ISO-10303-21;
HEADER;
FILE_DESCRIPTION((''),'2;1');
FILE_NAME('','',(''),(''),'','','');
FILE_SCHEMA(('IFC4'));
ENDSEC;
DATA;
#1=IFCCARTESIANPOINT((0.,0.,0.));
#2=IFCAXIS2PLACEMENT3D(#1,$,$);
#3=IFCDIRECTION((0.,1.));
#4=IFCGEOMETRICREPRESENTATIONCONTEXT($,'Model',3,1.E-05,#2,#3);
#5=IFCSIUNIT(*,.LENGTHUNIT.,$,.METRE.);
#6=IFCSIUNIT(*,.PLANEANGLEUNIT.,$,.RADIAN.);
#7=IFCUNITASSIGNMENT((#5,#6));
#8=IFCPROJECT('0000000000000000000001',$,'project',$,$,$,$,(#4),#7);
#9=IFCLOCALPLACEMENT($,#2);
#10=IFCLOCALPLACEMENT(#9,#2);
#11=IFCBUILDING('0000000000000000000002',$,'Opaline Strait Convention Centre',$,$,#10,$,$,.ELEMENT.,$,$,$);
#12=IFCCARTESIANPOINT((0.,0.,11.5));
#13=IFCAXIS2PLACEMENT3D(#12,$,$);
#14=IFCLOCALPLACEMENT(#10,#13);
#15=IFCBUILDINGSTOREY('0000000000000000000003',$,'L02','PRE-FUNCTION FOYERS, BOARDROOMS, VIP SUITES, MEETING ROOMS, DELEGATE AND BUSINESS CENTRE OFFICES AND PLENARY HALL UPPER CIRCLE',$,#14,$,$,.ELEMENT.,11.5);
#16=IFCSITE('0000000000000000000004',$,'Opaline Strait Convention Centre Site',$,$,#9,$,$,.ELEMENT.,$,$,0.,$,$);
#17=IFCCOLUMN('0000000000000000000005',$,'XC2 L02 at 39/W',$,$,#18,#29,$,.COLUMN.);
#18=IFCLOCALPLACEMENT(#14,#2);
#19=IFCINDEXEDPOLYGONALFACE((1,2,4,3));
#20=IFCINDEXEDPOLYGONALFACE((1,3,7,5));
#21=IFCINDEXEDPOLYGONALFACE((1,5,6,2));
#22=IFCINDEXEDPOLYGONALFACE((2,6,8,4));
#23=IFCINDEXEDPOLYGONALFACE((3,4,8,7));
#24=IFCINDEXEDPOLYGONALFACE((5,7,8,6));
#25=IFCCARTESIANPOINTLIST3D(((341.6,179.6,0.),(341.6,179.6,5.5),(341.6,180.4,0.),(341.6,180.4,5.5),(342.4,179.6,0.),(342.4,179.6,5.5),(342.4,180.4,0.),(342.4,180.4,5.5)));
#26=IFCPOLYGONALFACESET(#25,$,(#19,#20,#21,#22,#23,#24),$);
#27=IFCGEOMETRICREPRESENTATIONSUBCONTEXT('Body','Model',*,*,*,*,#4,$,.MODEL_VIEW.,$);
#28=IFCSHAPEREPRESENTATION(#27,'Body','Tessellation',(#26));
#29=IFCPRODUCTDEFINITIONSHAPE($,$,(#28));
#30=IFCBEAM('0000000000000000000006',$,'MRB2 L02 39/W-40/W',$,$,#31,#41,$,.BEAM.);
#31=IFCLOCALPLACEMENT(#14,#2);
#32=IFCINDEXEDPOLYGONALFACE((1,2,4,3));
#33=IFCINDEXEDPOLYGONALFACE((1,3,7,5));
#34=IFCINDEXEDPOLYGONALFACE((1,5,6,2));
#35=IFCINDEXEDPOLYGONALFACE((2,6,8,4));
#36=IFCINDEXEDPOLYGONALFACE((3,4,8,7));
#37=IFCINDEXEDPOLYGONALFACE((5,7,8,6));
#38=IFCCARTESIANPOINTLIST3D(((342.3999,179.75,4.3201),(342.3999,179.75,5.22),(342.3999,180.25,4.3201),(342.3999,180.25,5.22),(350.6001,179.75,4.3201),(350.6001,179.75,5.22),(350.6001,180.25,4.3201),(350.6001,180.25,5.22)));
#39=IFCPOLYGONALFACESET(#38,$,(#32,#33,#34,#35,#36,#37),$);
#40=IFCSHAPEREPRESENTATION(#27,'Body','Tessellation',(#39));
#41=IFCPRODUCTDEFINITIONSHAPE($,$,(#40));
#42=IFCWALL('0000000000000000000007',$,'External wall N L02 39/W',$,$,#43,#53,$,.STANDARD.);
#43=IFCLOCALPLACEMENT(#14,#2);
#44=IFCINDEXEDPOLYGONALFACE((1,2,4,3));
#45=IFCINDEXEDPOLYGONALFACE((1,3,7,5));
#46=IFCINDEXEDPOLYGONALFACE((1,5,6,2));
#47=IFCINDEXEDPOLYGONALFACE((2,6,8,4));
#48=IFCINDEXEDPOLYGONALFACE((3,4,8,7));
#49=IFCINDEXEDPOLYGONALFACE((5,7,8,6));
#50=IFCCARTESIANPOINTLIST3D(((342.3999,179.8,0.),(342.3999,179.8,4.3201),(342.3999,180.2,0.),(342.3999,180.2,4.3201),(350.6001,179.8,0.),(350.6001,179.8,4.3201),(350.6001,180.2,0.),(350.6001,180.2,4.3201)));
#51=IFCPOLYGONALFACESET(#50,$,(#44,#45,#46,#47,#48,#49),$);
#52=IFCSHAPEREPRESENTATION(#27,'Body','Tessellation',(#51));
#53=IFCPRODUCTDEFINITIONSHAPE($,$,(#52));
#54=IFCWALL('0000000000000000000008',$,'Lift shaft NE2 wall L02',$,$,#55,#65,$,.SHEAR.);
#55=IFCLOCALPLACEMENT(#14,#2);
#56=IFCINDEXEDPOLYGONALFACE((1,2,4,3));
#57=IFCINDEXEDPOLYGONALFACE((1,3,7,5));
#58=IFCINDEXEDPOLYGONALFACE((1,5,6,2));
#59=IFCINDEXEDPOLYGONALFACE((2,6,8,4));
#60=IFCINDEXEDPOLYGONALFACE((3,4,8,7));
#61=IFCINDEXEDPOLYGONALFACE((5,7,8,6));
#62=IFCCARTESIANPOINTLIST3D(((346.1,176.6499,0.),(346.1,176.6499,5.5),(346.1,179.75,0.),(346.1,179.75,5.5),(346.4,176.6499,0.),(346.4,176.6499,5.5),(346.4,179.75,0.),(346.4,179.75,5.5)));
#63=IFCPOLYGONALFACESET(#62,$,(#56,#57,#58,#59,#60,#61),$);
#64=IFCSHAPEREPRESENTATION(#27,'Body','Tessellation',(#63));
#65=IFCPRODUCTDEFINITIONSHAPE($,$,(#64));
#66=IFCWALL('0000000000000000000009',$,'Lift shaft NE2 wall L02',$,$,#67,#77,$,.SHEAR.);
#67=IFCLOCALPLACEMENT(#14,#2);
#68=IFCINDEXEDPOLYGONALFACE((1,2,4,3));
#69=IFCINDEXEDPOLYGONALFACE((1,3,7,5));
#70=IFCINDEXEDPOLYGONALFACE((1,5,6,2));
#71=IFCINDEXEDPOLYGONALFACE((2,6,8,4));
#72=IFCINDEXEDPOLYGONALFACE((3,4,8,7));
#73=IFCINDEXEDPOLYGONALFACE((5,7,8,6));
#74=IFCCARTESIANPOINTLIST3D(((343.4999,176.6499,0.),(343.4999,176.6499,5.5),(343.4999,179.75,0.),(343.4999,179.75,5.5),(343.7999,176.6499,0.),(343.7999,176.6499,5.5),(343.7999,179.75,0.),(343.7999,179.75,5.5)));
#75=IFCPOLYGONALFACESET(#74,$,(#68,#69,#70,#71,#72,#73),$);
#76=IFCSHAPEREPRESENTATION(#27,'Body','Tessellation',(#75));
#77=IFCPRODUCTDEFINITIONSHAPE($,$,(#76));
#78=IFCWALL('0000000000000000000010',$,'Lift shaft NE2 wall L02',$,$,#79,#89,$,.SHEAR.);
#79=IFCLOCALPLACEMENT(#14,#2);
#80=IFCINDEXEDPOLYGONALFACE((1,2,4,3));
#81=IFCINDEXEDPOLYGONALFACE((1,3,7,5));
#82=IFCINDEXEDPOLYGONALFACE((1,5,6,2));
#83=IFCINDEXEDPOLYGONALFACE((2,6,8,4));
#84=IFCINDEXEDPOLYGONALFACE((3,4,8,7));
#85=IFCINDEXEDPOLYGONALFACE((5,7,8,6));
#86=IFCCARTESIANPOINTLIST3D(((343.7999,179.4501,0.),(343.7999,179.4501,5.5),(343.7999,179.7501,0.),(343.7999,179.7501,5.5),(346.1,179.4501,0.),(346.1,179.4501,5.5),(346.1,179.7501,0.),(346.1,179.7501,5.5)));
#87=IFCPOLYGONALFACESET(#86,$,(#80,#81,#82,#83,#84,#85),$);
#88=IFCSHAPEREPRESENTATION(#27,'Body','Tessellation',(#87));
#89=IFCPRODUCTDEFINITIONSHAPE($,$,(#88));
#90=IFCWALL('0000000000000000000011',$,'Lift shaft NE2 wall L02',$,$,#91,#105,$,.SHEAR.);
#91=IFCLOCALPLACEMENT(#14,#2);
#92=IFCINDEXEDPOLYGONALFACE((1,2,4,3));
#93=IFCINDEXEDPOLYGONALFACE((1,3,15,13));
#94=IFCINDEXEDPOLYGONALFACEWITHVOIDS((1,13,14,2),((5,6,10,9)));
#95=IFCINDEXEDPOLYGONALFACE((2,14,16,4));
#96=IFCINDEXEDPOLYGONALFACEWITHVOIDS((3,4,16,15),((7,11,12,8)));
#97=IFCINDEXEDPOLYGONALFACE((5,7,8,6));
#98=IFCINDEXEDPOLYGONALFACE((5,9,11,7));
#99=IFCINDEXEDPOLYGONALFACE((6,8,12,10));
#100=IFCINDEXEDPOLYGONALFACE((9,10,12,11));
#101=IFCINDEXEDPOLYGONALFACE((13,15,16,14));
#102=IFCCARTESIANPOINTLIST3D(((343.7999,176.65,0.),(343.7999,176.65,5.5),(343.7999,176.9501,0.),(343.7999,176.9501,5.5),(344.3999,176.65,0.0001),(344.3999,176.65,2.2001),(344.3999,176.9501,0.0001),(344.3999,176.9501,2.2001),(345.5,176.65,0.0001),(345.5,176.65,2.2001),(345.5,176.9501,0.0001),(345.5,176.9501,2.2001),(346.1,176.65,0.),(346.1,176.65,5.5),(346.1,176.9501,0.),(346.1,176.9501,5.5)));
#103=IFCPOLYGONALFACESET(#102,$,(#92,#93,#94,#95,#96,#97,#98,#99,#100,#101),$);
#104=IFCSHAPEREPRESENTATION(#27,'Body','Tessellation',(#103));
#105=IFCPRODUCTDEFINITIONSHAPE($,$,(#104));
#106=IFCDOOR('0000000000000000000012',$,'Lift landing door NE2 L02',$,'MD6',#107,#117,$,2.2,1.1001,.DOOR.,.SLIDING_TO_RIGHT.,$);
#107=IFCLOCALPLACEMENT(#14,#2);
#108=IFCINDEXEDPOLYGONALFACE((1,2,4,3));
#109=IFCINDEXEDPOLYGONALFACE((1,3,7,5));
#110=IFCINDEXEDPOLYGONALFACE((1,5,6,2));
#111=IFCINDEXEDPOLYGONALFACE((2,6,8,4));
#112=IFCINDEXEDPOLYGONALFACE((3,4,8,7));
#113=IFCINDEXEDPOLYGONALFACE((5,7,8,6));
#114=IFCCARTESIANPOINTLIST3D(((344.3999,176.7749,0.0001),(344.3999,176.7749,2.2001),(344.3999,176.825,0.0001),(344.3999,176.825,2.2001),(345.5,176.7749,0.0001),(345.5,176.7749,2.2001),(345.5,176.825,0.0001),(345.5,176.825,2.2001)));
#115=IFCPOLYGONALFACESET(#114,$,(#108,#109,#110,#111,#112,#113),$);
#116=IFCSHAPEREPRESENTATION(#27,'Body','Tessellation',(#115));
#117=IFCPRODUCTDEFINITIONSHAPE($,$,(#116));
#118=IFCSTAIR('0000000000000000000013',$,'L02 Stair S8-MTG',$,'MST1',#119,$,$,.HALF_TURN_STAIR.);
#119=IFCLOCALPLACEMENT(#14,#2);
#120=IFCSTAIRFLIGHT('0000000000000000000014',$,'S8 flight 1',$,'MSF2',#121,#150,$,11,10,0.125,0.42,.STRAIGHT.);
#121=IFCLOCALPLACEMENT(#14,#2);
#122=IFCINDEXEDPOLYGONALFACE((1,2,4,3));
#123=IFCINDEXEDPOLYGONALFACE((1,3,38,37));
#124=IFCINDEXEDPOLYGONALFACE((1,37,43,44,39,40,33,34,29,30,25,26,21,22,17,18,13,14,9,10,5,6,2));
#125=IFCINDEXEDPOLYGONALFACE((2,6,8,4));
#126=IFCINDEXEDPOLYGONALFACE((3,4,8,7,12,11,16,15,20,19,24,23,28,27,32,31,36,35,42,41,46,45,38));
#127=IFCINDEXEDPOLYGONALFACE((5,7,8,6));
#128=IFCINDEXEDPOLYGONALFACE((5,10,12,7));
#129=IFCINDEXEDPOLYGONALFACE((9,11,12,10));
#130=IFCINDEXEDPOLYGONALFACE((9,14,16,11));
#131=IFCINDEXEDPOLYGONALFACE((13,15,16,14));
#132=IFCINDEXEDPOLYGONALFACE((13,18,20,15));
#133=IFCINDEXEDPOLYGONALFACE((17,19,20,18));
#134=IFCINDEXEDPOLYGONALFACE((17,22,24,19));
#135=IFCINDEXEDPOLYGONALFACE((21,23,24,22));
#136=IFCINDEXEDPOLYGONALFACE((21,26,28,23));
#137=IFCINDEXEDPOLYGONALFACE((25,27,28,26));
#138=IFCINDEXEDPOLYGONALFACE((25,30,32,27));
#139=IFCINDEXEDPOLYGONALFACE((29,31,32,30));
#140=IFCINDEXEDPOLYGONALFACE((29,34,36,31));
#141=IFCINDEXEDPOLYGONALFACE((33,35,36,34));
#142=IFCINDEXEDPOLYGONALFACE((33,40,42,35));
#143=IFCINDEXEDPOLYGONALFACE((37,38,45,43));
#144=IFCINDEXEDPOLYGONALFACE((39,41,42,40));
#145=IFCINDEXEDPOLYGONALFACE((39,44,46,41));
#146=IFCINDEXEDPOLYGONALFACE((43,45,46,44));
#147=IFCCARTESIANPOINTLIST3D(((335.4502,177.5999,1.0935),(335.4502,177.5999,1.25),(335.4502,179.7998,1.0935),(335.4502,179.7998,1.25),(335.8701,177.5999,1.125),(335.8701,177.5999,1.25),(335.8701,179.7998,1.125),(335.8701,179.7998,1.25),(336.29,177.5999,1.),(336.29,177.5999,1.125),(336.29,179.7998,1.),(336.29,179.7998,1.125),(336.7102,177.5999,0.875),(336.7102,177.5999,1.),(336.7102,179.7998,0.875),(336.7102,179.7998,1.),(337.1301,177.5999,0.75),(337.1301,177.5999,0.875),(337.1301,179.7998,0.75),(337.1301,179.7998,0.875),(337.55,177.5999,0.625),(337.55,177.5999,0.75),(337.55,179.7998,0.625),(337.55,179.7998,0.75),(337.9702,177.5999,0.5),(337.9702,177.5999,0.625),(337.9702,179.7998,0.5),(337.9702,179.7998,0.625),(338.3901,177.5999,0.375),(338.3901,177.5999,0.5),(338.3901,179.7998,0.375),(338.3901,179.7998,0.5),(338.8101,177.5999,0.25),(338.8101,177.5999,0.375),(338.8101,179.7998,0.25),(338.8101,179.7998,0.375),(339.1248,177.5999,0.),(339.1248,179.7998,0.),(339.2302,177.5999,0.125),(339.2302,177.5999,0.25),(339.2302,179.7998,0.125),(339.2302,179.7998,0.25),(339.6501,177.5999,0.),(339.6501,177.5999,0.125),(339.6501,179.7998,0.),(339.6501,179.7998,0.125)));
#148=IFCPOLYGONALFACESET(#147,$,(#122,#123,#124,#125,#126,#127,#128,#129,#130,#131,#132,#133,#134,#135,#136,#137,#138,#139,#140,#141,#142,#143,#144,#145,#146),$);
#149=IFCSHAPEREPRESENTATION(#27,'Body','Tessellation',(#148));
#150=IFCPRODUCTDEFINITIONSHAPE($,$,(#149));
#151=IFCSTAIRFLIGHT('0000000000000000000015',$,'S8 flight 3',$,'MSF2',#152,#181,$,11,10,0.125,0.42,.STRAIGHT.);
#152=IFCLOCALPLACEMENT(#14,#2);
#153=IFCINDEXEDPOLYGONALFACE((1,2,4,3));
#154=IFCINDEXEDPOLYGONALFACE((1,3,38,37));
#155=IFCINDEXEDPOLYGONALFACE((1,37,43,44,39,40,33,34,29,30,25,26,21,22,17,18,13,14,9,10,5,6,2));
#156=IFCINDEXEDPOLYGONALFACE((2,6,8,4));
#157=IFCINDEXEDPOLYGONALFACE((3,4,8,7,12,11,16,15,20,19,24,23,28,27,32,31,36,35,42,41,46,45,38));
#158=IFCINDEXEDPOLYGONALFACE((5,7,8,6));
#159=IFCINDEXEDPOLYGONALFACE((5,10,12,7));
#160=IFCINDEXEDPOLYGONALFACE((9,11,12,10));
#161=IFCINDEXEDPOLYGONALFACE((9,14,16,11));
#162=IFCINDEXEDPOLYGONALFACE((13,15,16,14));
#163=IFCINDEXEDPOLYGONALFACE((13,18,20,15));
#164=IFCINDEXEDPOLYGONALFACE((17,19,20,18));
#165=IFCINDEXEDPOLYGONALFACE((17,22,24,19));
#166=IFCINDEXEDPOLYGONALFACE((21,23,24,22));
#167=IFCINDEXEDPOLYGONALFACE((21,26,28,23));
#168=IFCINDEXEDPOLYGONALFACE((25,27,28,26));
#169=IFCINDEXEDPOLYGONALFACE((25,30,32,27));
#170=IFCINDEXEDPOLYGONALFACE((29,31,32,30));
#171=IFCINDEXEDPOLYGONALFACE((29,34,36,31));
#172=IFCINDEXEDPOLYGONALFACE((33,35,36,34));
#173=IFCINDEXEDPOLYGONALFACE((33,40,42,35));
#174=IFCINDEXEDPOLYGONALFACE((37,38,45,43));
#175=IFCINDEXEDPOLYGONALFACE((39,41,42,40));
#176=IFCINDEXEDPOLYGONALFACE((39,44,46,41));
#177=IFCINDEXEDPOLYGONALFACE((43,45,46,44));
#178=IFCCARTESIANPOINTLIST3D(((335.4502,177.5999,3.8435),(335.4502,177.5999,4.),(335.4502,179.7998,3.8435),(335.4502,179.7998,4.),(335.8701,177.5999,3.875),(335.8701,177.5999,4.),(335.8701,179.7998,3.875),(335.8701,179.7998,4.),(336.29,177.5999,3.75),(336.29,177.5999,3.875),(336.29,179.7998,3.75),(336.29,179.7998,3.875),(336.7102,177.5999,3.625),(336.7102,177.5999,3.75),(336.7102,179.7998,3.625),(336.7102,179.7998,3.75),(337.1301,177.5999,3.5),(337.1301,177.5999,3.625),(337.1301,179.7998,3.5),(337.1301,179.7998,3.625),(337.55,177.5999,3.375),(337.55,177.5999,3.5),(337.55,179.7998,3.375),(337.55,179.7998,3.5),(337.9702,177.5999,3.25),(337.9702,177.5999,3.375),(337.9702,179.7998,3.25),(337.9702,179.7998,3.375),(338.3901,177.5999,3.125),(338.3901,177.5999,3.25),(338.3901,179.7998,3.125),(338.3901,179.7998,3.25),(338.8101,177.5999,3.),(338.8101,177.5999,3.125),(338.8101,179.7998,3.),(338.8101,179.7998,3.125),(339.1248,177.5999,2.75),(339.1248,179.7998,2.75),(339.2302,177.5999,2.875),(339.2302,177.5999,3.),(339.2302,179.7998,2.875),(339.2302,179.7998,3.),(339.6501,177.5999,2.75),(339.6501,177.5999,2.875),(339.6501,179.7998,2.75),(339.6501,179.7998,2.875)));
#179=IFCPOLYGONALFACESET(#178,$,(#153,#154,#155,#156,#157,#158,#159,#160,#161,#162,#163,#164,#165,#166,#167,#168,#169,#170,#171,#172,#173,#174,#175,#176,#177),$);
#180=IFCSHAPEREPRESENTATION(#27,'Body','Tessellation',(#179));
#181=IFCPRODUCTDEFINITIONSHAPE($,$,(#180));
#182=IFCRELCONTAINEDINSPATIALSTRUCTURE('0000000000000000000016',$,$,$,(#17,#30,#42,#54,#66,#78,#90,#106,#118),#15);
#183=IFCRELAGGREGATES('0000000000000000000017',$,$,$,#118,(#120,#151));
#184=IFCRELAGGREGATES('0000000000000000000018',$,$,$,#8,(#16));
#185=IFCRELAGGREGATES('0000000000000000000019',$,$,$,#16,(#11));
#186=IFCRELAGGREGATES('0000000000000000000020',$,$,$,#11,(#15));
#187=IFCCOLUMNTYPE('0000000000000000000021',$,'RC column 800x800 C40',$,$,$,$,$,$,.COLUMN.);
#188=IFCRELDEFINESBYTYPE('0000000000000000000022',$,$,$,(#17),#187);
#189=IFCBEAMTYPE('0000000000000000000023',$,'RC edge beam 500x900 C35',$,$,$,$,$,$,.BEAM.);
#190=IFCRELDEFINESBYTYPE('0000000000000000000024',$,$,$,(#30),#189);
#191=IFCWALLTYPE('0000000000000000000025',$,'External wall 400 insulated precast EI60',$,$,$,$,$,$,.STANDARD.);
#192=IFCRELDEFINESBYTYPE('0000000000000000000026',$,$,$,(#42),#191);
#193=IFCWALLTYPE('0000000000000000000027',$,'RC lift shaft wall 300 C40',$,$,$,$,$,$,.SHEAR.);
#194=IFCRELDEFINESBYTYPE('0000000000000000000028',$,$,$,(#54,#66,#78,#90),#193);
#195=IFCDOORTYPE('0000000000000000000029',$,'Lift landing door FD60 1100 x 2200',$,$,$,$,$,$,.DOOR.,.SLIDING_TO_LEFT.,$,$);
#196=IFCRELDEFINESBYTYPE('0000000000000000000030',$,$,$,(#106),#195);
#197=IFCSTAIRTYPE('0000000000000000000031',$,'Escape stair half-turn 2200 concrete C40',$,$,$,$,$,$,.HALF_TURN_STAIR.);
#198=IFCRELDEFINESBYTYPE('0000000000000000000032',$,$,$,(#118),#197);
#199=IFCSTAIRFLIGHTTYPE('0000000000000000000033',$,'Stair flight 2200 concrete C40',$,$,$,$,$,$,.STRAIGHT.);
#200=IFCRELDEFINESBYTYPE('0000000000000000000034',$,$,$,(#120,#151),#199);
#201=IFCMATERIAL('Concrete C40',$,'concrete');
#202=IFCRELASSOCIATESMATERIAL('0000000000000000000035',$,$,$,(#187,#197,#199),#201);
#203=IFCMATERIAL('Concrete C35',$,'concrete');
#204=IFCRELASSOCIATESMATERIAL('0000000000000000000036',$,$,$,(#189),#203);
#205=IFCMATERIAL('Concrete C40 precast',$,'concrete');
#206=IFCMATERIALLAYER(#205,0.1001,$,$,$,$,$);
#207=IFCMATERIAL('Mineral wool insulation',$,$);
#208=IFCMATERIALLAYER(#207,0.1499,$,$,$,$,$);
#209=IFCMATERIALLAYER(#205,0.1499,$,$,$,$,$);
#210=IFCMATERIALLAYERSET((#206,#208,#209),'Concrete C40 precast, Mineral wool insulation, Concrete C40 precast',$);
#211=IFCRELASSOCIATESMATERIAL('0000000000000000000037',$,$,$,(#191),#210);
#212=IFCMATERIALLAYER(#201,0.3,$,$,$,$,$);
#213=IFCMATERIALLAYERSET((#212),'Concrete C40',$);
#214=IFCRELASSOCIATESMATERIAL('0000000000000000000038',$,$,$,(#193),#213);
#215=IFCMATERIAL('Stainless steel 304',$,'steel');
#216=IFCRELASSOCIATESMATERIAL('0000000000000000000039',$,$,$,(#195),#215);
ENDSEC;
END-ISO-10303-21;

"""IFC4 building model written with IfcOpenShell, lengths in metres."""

from ifc_helpers import new_model, si_unit, direction, frame, frame_2d, origin, origin_2d, place, context, subcontext, project, spatial, polyline, rectangle, outline, extrude, material, layer, layer_set, material_profile, profile_set, type_object, element, fill, aggregate, save


model = new_model("IFC4")

# Units and contexts
model_context = context("Model", 3, precision=1e-05, world=origin(), true_north=direction((0.0, 1.0)))
body_context = subcontext(model_context, "Body", "Model", "MODEL_VIEW")
ifc_project = project(units=[si_unit("LENGTHUNIT", "METRE"), si_unit("PLANEANGLEUNIT", "RADIAN")], contexts=[model_context])

# Site, building, storey
site_placement = place(None, origin())
site = spatial("IfcSite", under=ifc_project, at=site_placement, Name="Opaline Strait Convention Centre Site", CompositionType="ELEMENT", RefElevation=0.0)
building_placement = place(site_placement, origin())
building = spatial("IfcBuilding", under=site, at=building_placement, Name="Opaline Strait Convention Centre", CompositionType="ELEMENT")
storey_placement = place(building_placement, frame((0.0, 0.0, 11.5)))
storey = spatial("IfcBuildingStorey", under=building, at=storey_placement, Name="L02", Description="PRE-FUNCTION FOYERS, BOARDROOMS, VIP SUITES, MEETING ROOMS, DELEGATE AND BUSINESS CENTRE OFFICES AND PLENARY HALL UPPER CIRCLE", CompositionType="ELEMENT", Elevation=11.5)

# Column
ifc_material_1 = material(Name="Concrete C40", Category="concrete")
ifc_material_profile_1 = material_profile(ifc_material_1, rectangle(XDim=0.8, YDim=0.8, at=origin_2d()), Name="RC 800x800")
ifc_profile_set_1 = profile_set([ifc_material_profile_1], Name="Concrete C40")
column_type = type_object("IfcColumnType", Name="RC column 800x800 C40", PredefinedType="COLUMN", material=ifc_profile_set_1)
column_placement = place(storey_placement, frame((342.0, 180.0, 0.0), z_axis=(0.0, 0.0, 1.0), x_axis=(1.0, 0.0, 0.0)))
element("IfcColumn", 1, at=column_placement, inside=storey, type_object=column_type, Name="XC2 L02 at 39/W", PredefinedType="COLUMN", context=body_context, shape_type="SweptSolid", body=[
    extrude(rectangle(XDim=0.8, YDim=0.8, at=origin_2d()), origin(), (0.0, 0.0, 1.0), 5.5),
])

# Beam
ifc_material_2 = material(Name="Concrete C35", Category="concrete")
ifc_material_profile_2 = material_profile(ifc_material_2, rectangle(XDim=0.5, YDim=0.8999, at=origin_2d()), Name="RC 500x900")
ifc_profile_set_2 = profile_set([ifc_material_profile_2], Name="Concrete C35")
beam_type = type_object("IfcBeamType", Name="RC edge beam 500x900 C35", PredefinedType="BEAM", material=ifc_profile_set_2)
beam_placement = place(storey_placement, frame((342.3999, 180.0, 4.77), z_axis=(1.0, 0.0, 0.0), x_axis=(0.0, 1.0, 0.0)))
element("IfcBeam", 2, at=beam_placement, inside=storey, type_object=beam_type, Name="MRB2 L02 39/W-40/W", PredefinedType="BEAM", context=body_context, shape_type="SweptSolid", body=[
    extrude(rectangle(XDim=0.5, YDim=0.8999, at=origin_2d()), origin(), (0.0, 0.0, 1.0), 8.2002),
])

# Walls
ifc_material_3 = material(Name="Concrete C40 precast", Category="concrete")
ifc_layer_1 = layer(ifc_material_3, 0.1001)
ifc_material_4 = material(Name="Mineral wool insulation")
ifc_layer_2 = layer(ifc_material_4, 0.1499)
ifc_layer_3 = layer(ifc_material_3, 0.1499)
ifc_layer_set_1 = layer_set([ifc_layer_1, ifc_layer_2, ifc_layer_3], Name="Concrete C40 precast, Mineral wool insulation, Concrete C40 precast")
wall_type_1 = type_object("IfcWallType", Name="External wall 400 insulated precast EI60", PredefinedType="STANDARD", material=ifc_layer_set_1)
wall_1_placement = place(storey_placement, frame((342.3999, 180.0, 0.0), z_axis=(0.0, 0.0, 1.0), x_axis=(1.0, 0.0, 0.0)))
element("IfcWall", 3, at=wall_1_placement, inside=storey, type_object=wall_type_1, Name="External wall N L02 39/W", PredefinedType="STANDARD", context=body_context, shape_type="SweptSolid", body=[
    extrude(rectangle(XDim=8.2002, YDim=0.3999, at=frame_2d((4.1001, 0.0))), origin(), (0.0, 0.0, 1.0), 4.3201),
])
ifc_layer_4 = layer(ifc_material_1, 0.3)
ifc_layer_set_2 = layer_set([ifc_layer_4], Name="Concrete C40")
wall_type_2 = type_object("IfcWallType", Name="RC lift shaft wall 300 C40", PredefinedType="SHEAR", material=ifc_layer_set_2)
for number, where, z_axis, x_axis, name in (
    (4, (346.25, 176.6499, 0.0), (0.0, 0.0, 1.0), (0.0, 1.0, 0.0), "Lift shaft NE2 wall L02"),
    (5, (343.6499, 176.6499, 0.0), (0.0, 0.0, 1.0), (0.0, 1.0, 0.0), "Lift shaft NE2 wall L02"),
):
    element("IfcWall", number, at=place(storey_placement, frame(where, z_axis=z_axis, x_axis=x_axis)), inside=storey, type_object=wall_type_2, Name=name, PredefinedType="SHEAR", context=body_context, shape_type="SweptSolid", body=[
        extrude(rectangle(XDim=3.1001, YDim=0.3, at=frame_2d((1.55, 0.0))), origin(), (0.0, 0.0, 1.0), 5.5),
    ])
wall_2_placement = place(storey_placement, frame((343.8, 179.6001, 0.0), z_axis=(0.0, 0.0, 1.0), x_axis=(1.0, 0.0, 0.0)))
element("IfcWall", 6, at=wall_2_placement, inside=storey, type_object=wall_type_2, Name="Lift shaft NE2 wall L02", PredefinedType="SHEAR", context=body_context, shape_type="SweptSolid", body=[
    extrude(rectangle(XDim=2.3, YDim=0.3, at=frame_2d((1.1499, 0.0))), origin(), (0.0, 0.0, 1.0), 5.5),
])

# Wall, opening, door
wall_3_placement = place(storey_placement, frame((343.8, 176.8, 0.0), z_axis=(0.0, 0.0, 1.0), x_axis=(1.0, 0.0, 0.0)))
wall_3 = element("IfcWall", 7, at=wall_3_placement, inside=storey, type_object=wall_type_2, Name="Lift shaft NE2 wall L02", PredefinedType="SHEAR", context=body_context, shape_type="SweptSolid", body=[
    extrude(rectangle(XDim=2.3, YDim=0.3, at=frame_2d((1.1499, 0.0))), origin(), (0.0, 0.0, 1.0), 5.5),
])
opening_placement = place(wall_3_placement, frame((0.5999, 0.0, 0.0)))
opening = element("IfcOpeningElement", 8, at=opening_placement, cuts=wall_3, PredefinedType="OPENING", context=body_context, shape_type="SweptSolid", body=[
    extrude(rectangle(XDim=1.1001, YDim=2.2, at=frame_2d((0.55, 1.1001))), frame((0.0, 0.1599, 0.0), z_axis=(0.0, -1.0, 0.0), x_axis=(1.0, 0.0, 0.0)), (0.0, 0.0, 1.0), 0.3201),
])
ifc_material_5 = material(Name="Stainless steel 304", Category="steel")
door_type = type_object("IfcDoorType", Name="Lift landing door FD60 1100 x 2200", OperationType="SLIDING_TO_LEFT", PredefinedType="DOOR", material=ifc_material_5)
door_placement = place(opening_placement, origin())
door = element("IfcDoor", 9, at=door_placement, inside=storey, type_object=door_type, Name="Lift landing door NE2 L02", ObjectType="MD6", OperationType="SLIDING_TO_RIGHT", OverallHeight=2.2, OverallWidth=1.1001, PredefinedType="DOOR", context=body_context, shape_type="SweptSolid", body=[
    extrude(rectangle(XDim=1.1001, YDim=2.2, at=frame_2d((0.55, 1.1001))), frame((0.0, 0.0249, 0.0), z_axis=(0.0, -1.0, 0.0), x_axis=(1.0, 0.0, 0.0)), (0.0, 0.0, 1.0), 0.05),
])
fill(opening, door)

# Stair, stair flights
stair_type = type_object("IfcStairType", Name="Escape stair half-turn 2200 concrete C40", PredefinedType="HALF_TURN_STAIR", material=ifc_material_1)
stair_placement = place(storey_placement, origin())
stair = element("IfcStair", 10, at=stair_placement, inside=storey, type_object=stair_type, Name="L02 Stair S8-MTG", ObjectType="MST1", PredefinedType="HALF_TURN_STAIR")
stair_flight_type = type_object("IfcStairFlightType", Name="Stair flight 2200 concrete C40", PredefinedType="STRAIGHT", material=ifc_material_1)
stair_flight_1_placement = place(storey_placement, frame((339.6501, 178.7, 0.0), z_axis=(0.0, 0.0, 1.0), x_axis=(-1.0, 0.0, 0.0)))
stair_flight_1 = element("IfcStairFlight", 11, at=stair_flight_1_placement, type_object=stair_flight_type, Name="S8 flight 1", ObjectType="MSF2", NumberOfRisers=11, NumberOfTreads=10, PredefinedType="STRAIGHT", RiserHeight=0.125, TreadLength=0.42, context=body_context, shape_type="SweptSolid", body=[
    extrude(outline(polyline([(0.0, 0.0), (0.0, 0.125), (0.4199, 0.125), (0.4199, 0.25), (0.8401, 0.25), (0.8401, 0.375), (1.26, 0.375), (1.26, 0.5), (1.6799, 0.5), (1.6799, 0.625), (2.1001, 0.625), (2.1001, 0.75), (2.52, 0.75), (2.52, 0.875), (2.9399, 0.875), (2.9399, 1.0), (3.3601, 1.0), (3.3601, 1.125), (3.78, 1.125), (3.78, 1.25), (4.2, 1.25), (4.2, 1.375), (4.2, 1.0935), (0.5254, 0.0), (0.0, 0.0)])), frame((0.0, 1.1001, 0.0), z_axis=(0.0, -1.0, 0.0), x_axis=(1.0, 0.0, 0.0)), (0.0, 0.0, 1.0), 2.2),
])
stair_flight_2_placement = place(storey_placement, frame((339.6501, 178.7, 2.75), z_axis=(0.0, 0.0, 1.0), x_axis=(-1.0, 0.0, 0.0)))
stair_flight_2 = element("IfcStairFlight", 12, at=stair_flight_2_placement, type_object=stair_flight_type, Name="S8 flight 3", ObjectType="MSF2", NumberOfRisers=11, NumberOfTreads=10, PredefinedType="STRAIGHT", RiserHeight=0.125, TreadLength=0.42, context=body_context, shape_type="SweptSolid", body=[
    extrude(outline(polyline([(0.0, 0.0), (0.0, 0.125), (0.4199, 0.125), (0.4199, 0.25), (0.8401, 0.25), (0.8401, 0.375), (1.26, 0.375), (1.26, 0.5), (1.6799, 0.5), (1.6799, 0.625), (2.1001, 0.625), (2.1001, 0.75), (2.52, 0.75), (2.52, 0.875), (2.9399, 0.875), (2.9399, 1.0), (3.3601, 1.0), (3.3601, 1.125), (3.78, 1.125), (3.78, 1.25), (4.2, 1.25), (4.2, 1.375), (4.2, 1.0935), (0.5254, 0.0), (0.0, 0.0)])), frame((0.0, 1.1001, 0.0), z_axis=(0.0, -1.0, 0.0), x_axis=(1.0, 0.0, 0.0)), (0.0, 0.0, 1.0), 2.2),
])
aggregate(stair, [stair_flight_1, stair_flight_2])

save(model, "model.ifc")
